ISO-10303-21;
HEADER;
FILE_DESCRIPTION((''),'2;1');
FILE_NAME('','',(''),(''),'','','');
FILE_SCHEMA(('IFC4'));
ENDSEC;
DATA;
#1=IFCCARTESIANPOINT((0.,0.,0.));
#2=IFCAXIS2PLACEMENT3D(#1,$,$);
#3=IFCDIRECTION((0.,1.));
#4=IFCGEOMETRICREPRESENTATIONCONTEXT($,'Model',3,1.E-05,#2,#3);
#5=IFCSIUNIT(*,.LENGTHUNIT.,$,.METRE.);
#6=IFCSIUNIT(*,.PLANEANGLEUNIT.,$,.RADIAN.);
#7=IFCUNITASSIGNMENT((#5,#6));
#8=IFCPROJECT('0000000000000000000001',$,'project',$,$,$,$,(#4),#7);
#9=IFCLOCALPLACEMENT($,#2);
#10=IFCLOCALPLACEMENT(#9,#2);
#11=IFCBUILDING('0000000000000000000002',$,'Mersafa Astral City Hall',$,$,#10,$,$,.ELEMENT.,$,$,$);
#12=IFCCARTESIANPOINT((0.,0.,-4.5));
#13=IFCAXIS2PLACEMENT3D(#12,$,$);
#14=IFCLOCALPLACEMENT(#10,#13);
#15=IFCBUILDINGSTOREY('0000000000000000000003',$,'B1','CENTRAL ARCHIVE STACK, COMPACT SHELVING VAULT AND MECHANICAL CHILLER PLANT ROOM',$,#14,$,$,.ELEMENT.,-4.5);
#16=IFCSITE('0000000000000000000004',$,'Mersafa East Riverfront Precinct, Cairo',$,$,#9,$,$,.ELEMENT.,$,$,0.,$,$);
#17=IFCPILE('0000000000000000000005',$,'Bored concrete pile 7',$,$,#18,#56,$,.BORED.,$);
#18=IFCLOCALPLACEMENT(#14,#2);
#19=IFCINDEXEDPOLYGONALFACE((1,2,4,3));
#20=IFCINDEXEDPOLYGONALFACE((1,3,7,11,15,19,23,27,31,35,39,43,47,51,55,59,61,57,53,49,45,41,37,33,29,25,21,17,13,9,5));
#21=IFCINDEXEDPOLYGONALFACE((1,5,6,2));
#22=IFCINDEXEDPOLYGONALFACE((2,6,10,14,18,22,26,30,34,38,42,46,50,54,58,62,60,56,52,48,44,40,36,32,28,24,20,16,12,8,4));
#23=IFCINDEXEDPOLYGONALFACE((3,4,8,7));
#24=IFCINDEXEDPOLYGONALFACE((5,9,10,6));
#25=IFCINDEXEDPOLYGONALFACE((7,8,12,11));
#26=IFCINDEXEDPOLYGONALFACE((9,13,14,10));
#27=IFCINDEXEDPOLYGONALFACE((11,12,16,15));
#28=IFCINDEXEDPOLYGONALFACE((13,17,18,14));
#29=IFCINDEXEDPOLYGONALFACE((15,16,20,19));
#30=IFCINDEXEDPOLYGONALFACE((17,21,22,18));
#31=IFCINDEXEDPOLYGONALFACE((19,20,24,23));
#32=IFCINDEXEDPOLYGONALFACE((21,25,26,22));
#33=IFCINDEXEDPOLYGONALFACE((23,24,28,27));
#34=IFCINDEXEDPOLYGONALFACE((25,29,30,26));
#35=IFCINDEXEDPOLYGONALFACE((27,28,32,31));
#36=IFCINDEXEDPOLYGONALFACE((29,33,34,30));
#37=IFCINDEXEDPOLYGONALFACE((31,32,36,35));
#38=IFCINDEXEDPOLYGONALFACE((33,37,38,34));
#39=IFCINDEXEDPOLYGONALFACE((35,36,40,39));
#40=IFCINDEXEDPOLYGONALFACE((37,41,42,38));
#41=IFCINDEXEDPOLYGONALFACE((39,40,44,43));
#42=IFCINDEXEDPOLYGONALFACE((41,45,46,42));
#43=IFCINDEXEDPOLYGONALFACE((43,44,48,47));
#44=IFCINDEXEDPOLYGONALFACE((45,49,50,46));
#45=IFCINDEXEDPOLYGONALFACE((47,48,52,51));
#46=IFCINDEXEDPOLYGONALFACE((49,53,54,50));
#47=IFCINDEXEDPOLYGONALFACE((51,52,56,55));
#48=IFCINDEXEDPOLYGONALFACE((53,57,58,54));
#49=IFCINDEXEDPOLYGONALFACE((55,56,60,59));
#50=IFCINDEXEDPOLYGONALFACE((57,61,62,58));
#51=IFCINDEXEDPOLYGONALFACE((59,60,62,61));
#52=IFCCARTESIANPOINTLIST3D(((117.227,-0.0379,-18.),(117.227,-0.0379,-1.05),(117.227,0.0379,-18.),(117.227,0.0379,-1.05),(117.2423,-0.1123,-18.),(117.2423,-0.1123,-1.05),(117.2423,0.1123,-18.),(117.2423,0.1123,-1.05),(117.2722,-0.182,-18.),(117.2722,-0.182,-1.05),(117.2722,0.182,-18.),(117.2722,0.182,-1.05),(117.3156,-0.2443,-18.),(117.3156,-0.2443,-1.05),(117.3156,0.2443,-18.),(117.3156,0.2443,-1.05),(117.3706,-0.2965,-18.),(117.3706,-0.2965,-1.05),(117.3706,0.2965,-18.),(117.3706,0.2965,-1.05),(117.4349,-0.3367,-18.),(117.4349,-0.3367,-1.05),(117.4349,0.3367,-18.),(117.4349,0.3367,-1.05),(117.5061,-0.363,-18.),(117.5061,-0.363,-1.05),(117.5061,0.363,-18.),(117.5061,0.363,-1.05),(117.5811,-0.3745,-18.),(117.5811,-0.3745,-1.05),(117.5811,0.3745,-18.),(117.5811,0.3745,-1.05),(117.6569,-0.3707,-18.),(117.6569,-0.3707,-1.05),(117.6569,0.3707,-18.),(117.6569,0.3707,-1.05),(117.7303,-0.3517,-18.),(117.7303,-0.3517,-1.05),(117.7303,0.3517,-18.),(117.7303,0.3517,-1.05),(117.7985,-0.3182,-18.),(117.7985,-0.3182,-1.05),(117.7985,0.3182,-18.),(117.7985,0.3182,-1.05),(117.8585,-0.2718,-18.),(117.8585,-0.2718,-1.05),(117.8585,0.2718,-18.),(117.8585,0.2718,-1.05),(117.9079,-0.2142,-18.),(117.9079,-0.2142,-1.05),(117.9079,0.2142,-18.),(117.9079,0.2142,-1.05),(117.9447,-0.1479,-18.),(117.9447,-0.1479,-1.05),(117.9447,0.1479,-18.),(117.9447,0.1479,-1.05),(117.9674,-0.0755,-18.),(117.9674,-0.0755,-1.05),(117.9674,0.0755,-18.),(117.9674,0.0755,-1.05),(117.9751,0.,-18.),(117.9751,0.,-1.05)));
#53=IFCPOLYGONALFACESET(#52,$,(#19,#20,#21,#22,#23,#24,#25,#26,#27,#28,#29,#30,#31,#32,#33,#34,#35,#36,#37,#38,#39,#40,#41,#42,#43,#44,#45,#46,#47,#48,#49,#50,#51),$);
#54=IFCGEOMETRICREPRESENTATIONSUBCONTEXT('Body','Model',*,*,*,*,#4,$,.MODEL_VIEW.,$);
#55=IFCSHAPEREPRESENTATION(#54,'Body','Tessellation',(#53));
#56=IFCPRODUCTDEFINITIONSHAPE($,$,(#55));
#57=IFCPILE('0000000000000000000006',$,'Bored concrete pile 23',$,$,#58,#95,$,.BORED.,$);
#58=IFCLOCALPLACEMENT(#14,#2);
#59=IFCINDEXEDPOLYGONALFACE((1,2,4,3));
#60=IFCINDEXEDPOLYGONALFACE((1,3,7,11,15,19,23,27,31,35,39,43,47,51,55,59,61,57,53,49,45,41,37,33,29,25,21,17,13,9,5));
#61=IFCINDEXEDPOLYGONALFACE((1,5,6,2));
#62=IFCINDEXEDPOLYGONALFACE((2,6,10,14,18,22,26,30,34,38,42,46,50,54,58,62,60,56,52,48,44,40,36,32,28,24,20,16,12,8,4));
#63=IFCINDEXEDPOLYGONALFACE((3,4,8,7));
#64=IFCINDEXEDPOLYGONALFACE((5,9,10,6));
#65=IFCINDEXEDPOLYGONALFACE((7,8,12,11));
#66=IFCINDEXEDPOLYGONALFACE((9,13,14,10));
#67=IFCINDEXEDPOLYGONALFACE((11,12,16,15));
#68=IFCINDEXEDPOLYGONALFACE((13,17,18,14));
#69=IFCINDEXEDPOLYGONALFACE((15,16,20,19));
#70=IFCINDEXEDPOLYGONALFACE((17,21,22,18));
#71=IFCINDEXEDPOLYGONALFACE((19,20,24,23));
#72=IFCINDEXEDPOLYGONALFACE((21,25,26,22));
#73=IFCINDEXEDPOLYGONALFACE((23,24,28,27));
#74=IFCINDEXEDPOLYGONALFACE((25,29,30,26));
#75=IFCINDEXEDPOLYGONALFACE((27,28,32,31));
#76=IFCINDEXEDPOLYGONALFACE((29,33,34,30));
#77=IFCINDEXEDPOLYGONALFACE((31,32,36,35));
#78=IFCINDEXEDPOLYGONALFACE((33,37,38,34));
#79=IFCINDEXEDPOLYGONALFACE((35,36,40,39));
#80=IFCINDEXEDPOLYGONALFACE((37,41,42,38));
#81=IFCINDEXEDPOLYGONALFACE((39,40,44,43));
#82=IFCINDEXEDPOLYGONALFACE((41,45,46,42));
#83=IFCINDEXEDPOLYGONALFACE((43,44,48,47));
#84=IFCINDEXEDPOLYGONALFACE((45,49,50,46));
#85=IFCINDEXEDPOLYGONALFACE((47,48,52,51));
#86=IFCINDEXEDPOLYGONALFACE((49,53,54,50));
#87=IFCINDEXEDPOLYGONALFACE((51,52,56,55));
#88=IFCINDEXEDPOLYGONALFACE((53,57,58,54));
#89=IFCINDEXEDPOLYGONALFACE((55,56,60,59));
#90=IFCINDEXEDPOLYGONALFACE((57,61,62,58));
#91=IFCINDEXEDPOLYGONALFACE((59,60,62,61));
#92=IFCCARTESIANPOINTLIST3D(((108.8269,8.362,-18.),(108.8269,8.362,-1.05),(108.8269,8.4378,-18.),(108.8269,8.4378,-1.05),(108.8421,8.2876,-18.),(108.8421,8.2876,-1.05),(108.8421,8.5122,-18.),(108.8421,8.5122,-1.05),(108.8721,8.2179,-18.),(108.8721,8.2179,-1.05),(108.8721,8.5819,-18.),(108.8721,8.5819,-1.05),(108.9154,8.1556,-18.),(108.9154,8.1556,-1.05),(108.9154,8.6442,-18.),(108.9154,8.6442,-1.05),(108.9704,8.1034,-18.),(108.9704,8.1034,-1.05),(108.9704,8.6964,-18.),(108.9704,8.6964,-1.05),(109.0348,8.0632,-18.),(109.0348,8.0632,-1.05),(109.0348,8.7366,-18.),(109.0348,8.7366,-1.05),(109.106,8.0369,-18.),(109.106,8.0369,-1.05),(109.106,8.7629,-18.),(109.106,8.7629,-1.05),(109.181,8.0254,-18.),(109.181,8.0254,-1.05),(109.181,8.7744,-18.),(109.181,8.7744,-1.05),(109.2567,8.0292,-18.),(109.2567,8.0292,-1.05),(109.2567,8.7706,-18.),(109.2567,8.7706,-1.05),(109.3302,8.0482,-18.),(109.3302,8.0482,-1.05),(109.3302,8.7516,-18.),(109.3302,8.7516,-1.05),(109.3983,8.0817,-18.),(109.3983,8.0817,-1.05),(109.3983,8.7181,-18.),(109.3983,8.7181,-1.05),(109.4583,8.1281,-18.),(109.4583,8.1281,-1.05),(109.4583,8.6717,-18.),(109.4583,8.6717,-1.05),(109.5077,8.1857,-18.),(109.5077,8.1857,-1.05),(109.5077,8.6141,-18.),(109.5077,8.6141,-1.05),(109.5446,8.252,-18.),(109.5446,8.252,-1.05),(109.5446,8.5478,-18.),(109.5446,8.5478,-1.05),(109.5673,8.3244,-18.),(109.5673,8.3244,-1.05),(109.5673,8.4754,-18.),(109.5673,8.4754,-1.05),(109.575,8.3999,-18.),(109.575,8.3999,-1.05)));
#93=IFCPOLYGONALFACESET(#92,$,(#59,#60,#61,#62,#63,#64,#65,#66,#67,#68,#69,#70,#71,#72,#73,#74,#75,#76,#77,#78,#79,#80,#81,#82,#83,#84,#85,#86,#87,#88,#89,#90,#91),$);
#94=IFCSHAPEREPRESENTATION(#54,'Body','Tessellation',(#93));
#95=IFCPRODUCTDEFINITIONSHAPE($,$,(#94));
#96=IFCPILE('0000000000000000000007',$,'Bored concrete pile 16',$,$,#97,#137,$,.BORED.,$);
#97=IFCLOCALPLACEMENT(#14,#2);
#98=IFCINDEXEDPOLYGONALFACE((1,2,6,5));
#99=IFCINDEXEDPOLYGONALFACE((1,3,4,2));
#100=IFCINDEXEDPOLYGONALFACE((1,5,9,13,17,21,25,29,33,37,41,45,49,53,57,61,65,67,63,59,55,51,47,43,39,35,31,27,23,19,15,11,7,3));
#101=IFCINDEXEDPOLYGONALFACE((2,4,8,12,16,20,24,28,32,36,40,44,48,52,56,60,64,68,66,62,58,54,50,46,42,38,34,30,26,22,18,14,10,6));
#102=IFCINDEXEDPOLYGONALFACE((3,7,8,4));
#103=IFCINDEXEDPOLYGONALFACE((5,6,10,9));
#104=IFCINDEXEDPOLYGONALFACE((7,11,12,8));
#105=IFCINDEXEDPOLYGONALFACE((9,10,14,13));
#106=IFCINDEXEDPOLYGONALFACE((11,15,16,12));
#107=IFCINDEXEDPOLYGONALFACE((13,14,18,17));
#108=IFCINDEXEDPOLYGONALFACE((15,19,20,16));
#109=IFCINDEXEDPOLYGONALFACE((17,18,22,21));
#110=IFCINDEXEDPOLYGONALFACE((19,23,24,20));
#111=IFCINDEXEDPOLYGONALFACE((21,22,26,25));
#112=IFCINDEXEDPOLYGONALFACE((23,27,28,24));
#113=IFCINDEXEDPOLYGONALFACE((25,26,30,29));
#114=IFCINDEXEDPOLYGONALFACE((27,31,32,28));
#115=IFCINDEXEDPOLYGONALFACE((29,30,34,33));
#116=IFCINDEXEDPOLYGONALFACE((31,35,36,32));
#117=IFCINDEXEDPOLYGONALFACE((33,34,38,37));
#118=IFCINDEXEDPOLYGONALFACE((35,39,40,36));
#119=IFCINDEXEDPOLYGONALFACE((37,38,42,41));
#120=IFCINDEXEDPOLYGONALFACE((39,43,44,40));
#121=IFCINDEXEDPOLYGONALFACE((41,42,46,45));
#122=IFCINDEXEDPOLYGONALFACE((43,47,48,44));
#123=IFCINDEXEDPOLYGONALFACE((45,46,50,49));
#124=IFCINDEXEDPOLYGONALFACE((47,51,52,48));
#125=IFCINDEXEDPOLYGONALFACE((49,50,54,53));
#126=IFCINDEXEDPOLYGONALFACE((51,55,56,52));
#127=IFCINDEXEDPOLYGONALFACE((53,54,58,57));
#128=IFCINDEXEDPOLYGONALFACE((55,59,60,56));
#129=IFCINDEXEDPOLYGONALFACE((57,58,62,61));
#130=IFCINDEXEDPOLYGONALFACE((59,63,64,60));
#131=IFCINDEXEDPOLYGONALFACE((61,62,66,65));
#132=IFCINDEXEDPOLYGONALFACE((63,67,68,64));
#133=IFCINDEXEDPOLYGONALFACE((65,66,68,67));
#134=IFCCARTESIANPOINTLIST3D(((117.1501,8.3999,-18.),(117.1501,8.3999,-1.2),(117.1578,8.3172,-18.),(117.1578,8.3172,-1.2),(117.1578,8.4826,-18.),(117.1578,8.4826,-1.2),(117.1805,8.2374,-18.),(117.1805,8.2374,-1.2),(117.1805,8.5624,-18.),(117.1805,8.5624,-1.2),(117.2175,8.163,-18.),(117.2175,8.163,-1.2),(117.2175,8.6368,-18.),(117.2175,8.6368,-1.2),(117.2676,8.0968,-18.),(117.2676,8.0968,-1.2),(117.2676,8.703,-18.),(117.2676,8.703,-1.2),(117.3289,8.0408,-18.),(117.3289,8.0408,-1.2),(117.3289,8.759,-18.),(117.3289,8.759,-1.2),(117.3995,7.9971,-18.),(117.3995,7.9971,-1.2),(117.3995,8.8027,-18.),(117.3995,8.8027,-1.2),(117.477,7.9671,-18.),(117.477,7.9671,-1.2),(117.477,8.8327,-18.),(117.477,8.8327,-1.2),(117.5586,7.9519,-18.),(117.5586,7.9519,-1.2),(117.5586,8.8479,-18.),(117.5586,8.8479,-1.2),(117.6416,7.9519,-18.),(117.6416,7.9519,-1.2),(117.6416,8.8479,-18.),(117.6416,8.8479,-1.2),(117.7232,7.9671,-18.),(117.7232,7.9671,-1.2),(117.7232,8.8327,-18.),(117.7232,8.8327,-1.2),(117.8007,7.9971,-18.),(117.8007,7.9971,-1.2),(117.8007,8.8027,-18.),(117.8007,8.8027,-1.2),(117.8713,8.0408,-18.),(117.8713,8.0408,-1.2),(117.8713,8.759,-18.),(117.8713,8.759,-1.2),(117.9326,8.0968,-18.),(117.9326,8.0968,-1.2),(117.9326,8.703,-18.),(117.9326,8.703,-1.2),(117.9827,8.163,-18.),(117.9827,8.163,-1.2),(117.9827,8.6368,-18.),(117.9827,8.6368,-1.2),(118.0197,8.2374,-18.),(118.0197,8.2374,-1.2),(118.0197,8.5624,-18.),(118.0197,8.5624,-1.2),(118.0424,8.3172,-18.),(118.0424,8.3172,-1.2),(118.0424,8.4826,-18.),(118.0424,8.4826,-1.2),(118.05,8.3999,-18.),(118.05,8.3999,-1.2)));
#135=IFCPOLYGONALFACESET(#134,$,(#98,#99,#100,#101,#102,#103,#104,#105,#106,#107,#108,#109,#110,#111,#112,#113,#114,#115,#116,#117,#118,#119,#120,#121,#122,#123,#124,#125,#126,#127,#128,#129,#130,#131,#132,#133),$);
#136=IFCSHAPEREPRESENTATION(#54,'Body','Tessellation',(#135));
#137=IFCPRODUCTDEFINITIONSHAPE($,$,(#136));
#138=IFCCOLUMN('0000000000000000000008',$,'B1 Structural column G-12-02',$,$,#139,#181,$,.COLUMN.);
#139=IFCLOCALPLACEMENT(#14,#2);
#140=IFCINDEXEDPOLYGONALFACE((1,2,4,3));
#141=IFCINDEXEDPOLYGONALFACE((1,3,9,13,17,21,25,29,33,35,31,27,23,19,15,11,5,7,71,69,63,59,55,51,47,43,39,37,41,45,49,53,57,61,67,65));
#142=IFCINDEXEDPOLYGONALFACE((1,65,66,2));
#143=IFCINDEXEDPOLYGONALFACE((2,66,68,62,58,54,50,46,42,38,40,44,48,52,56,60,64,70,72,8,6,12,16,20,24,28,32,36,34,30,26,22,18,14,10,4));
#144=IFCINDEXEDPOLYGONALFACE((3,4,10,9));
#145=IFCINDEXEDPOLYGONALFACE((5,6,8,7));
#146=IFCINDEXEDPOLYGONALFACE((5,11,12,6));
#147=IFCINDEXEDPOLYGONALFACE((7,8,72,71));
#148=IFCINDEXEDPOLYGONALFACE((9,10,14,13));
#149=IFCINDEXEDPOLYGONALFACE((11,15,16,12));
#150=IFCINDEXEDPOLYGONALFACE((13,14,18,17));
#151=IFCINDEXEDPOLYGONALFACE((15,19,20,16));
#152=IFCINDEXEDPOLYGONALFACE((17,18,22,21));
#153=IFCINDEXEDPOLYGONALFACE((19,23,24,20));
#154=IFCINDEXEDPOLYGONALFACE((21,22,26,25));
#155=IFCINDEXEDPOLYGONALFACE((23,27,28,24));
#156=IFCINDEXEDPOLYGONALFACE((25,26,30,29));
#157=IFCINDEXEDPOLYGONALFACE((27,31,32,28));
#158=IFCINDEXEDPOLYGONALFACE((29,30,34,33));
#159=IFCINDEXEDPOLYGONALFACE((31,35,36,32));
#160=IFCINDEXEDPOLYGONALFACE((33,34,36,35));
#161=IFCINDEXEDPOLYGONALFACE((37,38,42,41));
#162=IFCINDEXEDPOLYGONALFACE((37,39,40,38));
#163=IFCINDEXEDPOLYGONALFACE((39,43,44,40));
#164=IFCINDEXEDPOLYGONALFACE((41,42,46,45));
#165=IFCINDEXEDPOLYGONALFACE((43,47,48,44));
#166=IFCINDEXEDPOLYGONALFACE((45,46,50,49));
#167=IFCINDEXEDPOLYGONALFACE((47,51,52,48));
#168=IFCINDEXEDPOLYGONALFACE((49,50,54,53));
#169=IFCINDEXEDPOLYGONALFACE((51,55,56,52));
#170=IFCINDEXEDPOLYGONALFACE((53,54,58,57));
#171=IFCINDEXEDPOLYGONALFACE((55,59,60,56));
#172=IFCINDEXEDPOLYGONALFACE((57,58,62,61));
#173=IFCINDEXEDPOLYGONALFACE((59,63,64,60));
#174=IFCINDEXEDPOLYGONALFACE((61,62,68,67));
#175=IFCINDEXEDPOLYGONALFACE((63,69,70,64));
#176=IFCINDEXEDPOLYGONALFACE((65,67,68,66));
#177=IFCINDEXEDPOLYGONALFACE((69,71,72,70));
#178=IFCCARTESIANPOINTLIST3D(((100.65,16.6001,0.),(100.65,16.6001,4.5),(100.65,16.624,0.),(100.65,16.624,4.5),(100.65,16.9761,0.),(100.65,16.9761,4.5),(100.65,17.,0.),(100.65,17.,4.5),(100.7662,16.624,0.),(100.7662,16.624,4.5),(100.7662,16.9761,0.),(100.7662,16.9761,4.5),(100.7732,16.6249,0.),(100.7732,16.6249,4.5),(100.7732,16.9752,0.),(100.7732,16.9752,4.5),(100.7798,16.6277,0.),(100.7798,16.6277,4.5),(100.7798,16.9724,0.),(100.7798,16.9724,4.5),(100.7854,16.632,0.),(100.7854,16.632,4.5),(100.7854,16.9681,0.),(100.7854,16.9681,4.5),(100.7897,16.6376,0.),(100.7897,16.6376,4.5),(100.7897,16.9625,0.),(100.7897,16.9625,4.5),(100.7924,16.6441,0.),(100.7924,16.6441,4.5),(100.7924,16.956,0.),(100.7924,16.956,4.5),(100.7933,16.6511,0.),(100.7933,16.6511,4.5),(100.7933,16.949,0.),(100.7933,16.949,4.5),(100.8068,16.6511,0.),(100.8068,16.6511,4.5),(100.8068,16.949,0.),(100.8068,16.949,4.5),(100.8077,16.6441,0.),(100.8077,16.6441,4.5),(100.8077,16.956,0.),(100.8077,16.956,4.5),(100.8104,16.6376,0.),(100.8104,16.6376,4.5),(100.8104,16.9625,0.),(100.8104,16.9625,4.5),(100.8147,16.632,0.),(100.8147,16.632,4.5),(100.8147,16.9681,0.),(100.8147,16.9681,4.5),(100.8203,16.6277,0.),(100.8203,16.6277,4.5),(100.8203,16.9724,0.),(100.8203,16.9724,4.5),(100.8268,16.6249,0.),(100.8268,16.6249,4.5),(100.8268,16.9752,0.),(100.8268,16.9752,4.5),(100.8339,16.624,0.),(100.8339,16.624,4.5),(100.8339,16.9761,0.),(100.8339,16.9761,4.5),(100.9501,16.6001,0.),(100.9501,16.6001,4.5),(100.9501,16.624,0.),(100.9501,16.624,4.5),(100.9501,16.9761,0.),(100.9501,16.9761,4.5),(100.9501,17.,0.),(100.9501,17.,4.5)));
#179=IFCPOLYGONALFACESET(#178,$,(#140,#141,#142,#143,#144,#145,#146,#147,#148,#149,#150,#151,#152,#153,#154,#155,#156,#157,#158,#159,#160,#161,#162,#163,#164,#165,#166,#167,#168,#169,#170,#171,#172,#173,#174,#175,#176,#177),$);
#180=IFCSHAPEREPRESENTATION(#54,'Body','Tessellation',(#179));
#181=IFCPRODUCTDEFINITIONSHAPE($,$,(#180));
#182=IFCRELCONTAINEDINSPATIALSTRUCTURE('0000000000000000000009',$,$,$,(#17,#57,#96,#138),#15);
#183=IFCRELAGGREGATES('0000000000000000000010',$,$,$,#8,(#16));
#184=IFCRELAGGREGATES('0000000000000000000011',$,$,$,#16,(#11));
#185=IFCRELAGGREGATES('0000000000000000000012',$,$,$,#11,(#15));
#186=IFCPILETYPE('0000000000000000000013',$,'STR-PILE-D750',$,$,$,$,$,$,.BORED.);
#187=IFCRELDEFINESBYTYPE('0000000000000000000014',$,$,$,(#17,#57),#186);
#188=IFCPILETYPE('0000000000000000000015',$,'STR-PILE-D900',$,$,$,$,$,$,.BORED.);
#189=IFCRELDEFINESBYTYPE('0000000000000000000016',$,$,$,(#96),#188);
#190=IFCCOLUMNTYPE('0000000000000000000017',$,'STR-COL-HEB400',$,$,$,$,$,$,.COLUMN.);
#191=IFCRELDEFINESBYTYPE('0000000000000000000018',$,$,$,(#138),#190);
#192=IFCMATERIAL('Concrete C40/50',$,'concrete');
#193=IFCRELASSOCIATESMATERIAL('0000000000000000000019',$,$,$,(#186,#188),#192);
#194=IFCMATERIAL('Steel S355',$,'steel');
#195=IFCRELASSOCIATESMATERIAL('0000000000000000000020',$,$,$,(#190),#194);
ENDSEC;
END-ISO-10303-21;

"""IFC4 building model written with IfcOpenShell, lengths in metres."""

from ifc_helpers import new_model, si_unit, direction, frame, origin, origin_2d, place, context, subcontext, project, spatial, circle, i_section, extrude, material, material_profile, profile_set, type_object, element, save


model = new_model("IFC4")

# Units and contexts
model_context = context("Model", 3, precision=1e-05, world=origin(), true_north=direction((0.0, 1.0)))
body_context = subcontext(model_context, "Body", "Model", "MODEL_VIEW")
ifc_project = project(units=[si_unit("LENGTHUNIT", "METRE"), si_unit("PLANEANGLEUNIT", "RADIAN")], contexts=[model_context])

# Site, building, storey
site_placement = place(None, origin())
site = spatial("IfcSite", under=ifc_project, at=site_placement, Name="Mersafa East Riverfront Precinct, Cairo", CompositionType="ELEMENT", RefElevation=0.0)
building_placement = place(site_placement, origin())
building = spatial("IfcBuilding", under=site, at=building_placement, Name="Mersafa Astral City Hall", CompositionType="ELEMENT")
storey_placement = place(building_placement, frame((0.0, 0.0, -4.5)))
storey = spatial("IfcBuildingStorey", under=building, at=storey_placement, Name="B1", Description="CENTRAL ARCHIVE STACK, COMPACT SHELVING VAULT AND MECHANICAL CHILLER PLANT ROOM", CompositionType="ELEMENT", Elevation=-4.5)

# Shared definitions
ifc_material_1 = material(Name="Concrete C40/50", Category="concrete")

# Piles
ifc_material_profile_1 = material_profile(ifc_material_1, circle(Radius=0.375, at=origin_2d()), Name="PILE D750")
ifc_profile_set_1 = profile_set([ifc_material_profile_1], Name="Concrete C40/50")
pile_type_1 = type_object("IfcPileType", Name="STR-PILE-D750", PredefinedType="BORED", material=ifc_profile_set_1)
for number, where, z_axis, x_axis, name in (
    (1, (117.6001, 0.0, -1.05), (0.0, 0.0, -1.0), (1.0, 0.0, 0.0), "Bored concrete pile 7"),
    (2, (109.2, 8.3999, -1.05), (0.0, 0.0, -1.0), (1.0, 0.0, 0.0), "Bored concrete pile 23"),
):
    element("IfcPile", number, at=place(storey_placement, frame(where, z_axis=z_axis, x_axis=x_axis)), inside=storey, type_object=pile_type_1, Name=name, PredefinedType="BORED", context=body_context, shape_type="SweptSolid", body=[
        extrude(circle(Radius=0.375, at=origin_2d()), origin(), (0.0, 0.0, 1.0), 16.95),
    ])
ifc_material_profile_2 = material_profile(ifc_material_1, circle(Radius=0.45, at=origin_2d()), Name="PILE D900")
ifc_profile_set_2 = profile_set([ifc_material_profile_2], Name="Concrete C40/50")
pile_type_2 = type_object("IfcPileType", Name="STR-PILE-D900", PredefinedType="BORED", material=ifc_profile_set_2)
pile_placement = place(storey_placement, frame((117.6001, 8.3999, -1.2), z_axis=(0.0, 0.0, -1.0), x_axis=(1.0, 0.0, 0.0)))
element("IfcPile", 3, at=pile_placement, inside=storey, type_object=pile_type_2, Name="Bored concrete pile 16", PredefinedType="BORED", context=body_context, shape_type="SweptSolid", body=[
    extrude(circle(Radius=0.45, at=origin_2d()), origin(), (0.0, 0.0, 1.0), 16.8),
])

# Column
ifc_material_2 = material(Name="Steel S355", Category="steel")
ifc_material_profile_3 = material_profile(ifc_material_2, i_section(OverallWidth=0.3, OverallDepth=0.3999, WebThickness=0.0134, FlangeThickness=0.0239, FilletRadius=0.0271, at=origin_2d()), Name="HEB 400")
ifc_profile_set_3 = profile_set([ifc_material_profile_3], Name="Steel S355")
column_type_1 = type_object("IfcColumnType", Name="STR-COL-HEB400", PredefinedType="COLUMN", material=ifc_profile_set_3)
column_1_placement = place(storey_placement, frame((100.8, 16.8, 0.0), z_axis=(0.0, 0.0, 1.0), x_axis=(1.0, 0.0, 0.0)))
element("IfcColumn", 4, at=column_1_placement, inside=storey, type_object=column_type_1, Name="B1 Structural column G-12-02", PredefinedType="COLUMN", context=body_context, shape_type="SweptSolid", body=[
    extrude(i_section(OverallWidth=0.3, OverallDepth=0.3999, WebThickness=0.0134, FlangeThickness=0.0239, FilletRadius=0.0271, at=origin_2d()), origin(), (0.0, 0.0, 1.0), 4.5),
])

save(model, "model.ifc")
